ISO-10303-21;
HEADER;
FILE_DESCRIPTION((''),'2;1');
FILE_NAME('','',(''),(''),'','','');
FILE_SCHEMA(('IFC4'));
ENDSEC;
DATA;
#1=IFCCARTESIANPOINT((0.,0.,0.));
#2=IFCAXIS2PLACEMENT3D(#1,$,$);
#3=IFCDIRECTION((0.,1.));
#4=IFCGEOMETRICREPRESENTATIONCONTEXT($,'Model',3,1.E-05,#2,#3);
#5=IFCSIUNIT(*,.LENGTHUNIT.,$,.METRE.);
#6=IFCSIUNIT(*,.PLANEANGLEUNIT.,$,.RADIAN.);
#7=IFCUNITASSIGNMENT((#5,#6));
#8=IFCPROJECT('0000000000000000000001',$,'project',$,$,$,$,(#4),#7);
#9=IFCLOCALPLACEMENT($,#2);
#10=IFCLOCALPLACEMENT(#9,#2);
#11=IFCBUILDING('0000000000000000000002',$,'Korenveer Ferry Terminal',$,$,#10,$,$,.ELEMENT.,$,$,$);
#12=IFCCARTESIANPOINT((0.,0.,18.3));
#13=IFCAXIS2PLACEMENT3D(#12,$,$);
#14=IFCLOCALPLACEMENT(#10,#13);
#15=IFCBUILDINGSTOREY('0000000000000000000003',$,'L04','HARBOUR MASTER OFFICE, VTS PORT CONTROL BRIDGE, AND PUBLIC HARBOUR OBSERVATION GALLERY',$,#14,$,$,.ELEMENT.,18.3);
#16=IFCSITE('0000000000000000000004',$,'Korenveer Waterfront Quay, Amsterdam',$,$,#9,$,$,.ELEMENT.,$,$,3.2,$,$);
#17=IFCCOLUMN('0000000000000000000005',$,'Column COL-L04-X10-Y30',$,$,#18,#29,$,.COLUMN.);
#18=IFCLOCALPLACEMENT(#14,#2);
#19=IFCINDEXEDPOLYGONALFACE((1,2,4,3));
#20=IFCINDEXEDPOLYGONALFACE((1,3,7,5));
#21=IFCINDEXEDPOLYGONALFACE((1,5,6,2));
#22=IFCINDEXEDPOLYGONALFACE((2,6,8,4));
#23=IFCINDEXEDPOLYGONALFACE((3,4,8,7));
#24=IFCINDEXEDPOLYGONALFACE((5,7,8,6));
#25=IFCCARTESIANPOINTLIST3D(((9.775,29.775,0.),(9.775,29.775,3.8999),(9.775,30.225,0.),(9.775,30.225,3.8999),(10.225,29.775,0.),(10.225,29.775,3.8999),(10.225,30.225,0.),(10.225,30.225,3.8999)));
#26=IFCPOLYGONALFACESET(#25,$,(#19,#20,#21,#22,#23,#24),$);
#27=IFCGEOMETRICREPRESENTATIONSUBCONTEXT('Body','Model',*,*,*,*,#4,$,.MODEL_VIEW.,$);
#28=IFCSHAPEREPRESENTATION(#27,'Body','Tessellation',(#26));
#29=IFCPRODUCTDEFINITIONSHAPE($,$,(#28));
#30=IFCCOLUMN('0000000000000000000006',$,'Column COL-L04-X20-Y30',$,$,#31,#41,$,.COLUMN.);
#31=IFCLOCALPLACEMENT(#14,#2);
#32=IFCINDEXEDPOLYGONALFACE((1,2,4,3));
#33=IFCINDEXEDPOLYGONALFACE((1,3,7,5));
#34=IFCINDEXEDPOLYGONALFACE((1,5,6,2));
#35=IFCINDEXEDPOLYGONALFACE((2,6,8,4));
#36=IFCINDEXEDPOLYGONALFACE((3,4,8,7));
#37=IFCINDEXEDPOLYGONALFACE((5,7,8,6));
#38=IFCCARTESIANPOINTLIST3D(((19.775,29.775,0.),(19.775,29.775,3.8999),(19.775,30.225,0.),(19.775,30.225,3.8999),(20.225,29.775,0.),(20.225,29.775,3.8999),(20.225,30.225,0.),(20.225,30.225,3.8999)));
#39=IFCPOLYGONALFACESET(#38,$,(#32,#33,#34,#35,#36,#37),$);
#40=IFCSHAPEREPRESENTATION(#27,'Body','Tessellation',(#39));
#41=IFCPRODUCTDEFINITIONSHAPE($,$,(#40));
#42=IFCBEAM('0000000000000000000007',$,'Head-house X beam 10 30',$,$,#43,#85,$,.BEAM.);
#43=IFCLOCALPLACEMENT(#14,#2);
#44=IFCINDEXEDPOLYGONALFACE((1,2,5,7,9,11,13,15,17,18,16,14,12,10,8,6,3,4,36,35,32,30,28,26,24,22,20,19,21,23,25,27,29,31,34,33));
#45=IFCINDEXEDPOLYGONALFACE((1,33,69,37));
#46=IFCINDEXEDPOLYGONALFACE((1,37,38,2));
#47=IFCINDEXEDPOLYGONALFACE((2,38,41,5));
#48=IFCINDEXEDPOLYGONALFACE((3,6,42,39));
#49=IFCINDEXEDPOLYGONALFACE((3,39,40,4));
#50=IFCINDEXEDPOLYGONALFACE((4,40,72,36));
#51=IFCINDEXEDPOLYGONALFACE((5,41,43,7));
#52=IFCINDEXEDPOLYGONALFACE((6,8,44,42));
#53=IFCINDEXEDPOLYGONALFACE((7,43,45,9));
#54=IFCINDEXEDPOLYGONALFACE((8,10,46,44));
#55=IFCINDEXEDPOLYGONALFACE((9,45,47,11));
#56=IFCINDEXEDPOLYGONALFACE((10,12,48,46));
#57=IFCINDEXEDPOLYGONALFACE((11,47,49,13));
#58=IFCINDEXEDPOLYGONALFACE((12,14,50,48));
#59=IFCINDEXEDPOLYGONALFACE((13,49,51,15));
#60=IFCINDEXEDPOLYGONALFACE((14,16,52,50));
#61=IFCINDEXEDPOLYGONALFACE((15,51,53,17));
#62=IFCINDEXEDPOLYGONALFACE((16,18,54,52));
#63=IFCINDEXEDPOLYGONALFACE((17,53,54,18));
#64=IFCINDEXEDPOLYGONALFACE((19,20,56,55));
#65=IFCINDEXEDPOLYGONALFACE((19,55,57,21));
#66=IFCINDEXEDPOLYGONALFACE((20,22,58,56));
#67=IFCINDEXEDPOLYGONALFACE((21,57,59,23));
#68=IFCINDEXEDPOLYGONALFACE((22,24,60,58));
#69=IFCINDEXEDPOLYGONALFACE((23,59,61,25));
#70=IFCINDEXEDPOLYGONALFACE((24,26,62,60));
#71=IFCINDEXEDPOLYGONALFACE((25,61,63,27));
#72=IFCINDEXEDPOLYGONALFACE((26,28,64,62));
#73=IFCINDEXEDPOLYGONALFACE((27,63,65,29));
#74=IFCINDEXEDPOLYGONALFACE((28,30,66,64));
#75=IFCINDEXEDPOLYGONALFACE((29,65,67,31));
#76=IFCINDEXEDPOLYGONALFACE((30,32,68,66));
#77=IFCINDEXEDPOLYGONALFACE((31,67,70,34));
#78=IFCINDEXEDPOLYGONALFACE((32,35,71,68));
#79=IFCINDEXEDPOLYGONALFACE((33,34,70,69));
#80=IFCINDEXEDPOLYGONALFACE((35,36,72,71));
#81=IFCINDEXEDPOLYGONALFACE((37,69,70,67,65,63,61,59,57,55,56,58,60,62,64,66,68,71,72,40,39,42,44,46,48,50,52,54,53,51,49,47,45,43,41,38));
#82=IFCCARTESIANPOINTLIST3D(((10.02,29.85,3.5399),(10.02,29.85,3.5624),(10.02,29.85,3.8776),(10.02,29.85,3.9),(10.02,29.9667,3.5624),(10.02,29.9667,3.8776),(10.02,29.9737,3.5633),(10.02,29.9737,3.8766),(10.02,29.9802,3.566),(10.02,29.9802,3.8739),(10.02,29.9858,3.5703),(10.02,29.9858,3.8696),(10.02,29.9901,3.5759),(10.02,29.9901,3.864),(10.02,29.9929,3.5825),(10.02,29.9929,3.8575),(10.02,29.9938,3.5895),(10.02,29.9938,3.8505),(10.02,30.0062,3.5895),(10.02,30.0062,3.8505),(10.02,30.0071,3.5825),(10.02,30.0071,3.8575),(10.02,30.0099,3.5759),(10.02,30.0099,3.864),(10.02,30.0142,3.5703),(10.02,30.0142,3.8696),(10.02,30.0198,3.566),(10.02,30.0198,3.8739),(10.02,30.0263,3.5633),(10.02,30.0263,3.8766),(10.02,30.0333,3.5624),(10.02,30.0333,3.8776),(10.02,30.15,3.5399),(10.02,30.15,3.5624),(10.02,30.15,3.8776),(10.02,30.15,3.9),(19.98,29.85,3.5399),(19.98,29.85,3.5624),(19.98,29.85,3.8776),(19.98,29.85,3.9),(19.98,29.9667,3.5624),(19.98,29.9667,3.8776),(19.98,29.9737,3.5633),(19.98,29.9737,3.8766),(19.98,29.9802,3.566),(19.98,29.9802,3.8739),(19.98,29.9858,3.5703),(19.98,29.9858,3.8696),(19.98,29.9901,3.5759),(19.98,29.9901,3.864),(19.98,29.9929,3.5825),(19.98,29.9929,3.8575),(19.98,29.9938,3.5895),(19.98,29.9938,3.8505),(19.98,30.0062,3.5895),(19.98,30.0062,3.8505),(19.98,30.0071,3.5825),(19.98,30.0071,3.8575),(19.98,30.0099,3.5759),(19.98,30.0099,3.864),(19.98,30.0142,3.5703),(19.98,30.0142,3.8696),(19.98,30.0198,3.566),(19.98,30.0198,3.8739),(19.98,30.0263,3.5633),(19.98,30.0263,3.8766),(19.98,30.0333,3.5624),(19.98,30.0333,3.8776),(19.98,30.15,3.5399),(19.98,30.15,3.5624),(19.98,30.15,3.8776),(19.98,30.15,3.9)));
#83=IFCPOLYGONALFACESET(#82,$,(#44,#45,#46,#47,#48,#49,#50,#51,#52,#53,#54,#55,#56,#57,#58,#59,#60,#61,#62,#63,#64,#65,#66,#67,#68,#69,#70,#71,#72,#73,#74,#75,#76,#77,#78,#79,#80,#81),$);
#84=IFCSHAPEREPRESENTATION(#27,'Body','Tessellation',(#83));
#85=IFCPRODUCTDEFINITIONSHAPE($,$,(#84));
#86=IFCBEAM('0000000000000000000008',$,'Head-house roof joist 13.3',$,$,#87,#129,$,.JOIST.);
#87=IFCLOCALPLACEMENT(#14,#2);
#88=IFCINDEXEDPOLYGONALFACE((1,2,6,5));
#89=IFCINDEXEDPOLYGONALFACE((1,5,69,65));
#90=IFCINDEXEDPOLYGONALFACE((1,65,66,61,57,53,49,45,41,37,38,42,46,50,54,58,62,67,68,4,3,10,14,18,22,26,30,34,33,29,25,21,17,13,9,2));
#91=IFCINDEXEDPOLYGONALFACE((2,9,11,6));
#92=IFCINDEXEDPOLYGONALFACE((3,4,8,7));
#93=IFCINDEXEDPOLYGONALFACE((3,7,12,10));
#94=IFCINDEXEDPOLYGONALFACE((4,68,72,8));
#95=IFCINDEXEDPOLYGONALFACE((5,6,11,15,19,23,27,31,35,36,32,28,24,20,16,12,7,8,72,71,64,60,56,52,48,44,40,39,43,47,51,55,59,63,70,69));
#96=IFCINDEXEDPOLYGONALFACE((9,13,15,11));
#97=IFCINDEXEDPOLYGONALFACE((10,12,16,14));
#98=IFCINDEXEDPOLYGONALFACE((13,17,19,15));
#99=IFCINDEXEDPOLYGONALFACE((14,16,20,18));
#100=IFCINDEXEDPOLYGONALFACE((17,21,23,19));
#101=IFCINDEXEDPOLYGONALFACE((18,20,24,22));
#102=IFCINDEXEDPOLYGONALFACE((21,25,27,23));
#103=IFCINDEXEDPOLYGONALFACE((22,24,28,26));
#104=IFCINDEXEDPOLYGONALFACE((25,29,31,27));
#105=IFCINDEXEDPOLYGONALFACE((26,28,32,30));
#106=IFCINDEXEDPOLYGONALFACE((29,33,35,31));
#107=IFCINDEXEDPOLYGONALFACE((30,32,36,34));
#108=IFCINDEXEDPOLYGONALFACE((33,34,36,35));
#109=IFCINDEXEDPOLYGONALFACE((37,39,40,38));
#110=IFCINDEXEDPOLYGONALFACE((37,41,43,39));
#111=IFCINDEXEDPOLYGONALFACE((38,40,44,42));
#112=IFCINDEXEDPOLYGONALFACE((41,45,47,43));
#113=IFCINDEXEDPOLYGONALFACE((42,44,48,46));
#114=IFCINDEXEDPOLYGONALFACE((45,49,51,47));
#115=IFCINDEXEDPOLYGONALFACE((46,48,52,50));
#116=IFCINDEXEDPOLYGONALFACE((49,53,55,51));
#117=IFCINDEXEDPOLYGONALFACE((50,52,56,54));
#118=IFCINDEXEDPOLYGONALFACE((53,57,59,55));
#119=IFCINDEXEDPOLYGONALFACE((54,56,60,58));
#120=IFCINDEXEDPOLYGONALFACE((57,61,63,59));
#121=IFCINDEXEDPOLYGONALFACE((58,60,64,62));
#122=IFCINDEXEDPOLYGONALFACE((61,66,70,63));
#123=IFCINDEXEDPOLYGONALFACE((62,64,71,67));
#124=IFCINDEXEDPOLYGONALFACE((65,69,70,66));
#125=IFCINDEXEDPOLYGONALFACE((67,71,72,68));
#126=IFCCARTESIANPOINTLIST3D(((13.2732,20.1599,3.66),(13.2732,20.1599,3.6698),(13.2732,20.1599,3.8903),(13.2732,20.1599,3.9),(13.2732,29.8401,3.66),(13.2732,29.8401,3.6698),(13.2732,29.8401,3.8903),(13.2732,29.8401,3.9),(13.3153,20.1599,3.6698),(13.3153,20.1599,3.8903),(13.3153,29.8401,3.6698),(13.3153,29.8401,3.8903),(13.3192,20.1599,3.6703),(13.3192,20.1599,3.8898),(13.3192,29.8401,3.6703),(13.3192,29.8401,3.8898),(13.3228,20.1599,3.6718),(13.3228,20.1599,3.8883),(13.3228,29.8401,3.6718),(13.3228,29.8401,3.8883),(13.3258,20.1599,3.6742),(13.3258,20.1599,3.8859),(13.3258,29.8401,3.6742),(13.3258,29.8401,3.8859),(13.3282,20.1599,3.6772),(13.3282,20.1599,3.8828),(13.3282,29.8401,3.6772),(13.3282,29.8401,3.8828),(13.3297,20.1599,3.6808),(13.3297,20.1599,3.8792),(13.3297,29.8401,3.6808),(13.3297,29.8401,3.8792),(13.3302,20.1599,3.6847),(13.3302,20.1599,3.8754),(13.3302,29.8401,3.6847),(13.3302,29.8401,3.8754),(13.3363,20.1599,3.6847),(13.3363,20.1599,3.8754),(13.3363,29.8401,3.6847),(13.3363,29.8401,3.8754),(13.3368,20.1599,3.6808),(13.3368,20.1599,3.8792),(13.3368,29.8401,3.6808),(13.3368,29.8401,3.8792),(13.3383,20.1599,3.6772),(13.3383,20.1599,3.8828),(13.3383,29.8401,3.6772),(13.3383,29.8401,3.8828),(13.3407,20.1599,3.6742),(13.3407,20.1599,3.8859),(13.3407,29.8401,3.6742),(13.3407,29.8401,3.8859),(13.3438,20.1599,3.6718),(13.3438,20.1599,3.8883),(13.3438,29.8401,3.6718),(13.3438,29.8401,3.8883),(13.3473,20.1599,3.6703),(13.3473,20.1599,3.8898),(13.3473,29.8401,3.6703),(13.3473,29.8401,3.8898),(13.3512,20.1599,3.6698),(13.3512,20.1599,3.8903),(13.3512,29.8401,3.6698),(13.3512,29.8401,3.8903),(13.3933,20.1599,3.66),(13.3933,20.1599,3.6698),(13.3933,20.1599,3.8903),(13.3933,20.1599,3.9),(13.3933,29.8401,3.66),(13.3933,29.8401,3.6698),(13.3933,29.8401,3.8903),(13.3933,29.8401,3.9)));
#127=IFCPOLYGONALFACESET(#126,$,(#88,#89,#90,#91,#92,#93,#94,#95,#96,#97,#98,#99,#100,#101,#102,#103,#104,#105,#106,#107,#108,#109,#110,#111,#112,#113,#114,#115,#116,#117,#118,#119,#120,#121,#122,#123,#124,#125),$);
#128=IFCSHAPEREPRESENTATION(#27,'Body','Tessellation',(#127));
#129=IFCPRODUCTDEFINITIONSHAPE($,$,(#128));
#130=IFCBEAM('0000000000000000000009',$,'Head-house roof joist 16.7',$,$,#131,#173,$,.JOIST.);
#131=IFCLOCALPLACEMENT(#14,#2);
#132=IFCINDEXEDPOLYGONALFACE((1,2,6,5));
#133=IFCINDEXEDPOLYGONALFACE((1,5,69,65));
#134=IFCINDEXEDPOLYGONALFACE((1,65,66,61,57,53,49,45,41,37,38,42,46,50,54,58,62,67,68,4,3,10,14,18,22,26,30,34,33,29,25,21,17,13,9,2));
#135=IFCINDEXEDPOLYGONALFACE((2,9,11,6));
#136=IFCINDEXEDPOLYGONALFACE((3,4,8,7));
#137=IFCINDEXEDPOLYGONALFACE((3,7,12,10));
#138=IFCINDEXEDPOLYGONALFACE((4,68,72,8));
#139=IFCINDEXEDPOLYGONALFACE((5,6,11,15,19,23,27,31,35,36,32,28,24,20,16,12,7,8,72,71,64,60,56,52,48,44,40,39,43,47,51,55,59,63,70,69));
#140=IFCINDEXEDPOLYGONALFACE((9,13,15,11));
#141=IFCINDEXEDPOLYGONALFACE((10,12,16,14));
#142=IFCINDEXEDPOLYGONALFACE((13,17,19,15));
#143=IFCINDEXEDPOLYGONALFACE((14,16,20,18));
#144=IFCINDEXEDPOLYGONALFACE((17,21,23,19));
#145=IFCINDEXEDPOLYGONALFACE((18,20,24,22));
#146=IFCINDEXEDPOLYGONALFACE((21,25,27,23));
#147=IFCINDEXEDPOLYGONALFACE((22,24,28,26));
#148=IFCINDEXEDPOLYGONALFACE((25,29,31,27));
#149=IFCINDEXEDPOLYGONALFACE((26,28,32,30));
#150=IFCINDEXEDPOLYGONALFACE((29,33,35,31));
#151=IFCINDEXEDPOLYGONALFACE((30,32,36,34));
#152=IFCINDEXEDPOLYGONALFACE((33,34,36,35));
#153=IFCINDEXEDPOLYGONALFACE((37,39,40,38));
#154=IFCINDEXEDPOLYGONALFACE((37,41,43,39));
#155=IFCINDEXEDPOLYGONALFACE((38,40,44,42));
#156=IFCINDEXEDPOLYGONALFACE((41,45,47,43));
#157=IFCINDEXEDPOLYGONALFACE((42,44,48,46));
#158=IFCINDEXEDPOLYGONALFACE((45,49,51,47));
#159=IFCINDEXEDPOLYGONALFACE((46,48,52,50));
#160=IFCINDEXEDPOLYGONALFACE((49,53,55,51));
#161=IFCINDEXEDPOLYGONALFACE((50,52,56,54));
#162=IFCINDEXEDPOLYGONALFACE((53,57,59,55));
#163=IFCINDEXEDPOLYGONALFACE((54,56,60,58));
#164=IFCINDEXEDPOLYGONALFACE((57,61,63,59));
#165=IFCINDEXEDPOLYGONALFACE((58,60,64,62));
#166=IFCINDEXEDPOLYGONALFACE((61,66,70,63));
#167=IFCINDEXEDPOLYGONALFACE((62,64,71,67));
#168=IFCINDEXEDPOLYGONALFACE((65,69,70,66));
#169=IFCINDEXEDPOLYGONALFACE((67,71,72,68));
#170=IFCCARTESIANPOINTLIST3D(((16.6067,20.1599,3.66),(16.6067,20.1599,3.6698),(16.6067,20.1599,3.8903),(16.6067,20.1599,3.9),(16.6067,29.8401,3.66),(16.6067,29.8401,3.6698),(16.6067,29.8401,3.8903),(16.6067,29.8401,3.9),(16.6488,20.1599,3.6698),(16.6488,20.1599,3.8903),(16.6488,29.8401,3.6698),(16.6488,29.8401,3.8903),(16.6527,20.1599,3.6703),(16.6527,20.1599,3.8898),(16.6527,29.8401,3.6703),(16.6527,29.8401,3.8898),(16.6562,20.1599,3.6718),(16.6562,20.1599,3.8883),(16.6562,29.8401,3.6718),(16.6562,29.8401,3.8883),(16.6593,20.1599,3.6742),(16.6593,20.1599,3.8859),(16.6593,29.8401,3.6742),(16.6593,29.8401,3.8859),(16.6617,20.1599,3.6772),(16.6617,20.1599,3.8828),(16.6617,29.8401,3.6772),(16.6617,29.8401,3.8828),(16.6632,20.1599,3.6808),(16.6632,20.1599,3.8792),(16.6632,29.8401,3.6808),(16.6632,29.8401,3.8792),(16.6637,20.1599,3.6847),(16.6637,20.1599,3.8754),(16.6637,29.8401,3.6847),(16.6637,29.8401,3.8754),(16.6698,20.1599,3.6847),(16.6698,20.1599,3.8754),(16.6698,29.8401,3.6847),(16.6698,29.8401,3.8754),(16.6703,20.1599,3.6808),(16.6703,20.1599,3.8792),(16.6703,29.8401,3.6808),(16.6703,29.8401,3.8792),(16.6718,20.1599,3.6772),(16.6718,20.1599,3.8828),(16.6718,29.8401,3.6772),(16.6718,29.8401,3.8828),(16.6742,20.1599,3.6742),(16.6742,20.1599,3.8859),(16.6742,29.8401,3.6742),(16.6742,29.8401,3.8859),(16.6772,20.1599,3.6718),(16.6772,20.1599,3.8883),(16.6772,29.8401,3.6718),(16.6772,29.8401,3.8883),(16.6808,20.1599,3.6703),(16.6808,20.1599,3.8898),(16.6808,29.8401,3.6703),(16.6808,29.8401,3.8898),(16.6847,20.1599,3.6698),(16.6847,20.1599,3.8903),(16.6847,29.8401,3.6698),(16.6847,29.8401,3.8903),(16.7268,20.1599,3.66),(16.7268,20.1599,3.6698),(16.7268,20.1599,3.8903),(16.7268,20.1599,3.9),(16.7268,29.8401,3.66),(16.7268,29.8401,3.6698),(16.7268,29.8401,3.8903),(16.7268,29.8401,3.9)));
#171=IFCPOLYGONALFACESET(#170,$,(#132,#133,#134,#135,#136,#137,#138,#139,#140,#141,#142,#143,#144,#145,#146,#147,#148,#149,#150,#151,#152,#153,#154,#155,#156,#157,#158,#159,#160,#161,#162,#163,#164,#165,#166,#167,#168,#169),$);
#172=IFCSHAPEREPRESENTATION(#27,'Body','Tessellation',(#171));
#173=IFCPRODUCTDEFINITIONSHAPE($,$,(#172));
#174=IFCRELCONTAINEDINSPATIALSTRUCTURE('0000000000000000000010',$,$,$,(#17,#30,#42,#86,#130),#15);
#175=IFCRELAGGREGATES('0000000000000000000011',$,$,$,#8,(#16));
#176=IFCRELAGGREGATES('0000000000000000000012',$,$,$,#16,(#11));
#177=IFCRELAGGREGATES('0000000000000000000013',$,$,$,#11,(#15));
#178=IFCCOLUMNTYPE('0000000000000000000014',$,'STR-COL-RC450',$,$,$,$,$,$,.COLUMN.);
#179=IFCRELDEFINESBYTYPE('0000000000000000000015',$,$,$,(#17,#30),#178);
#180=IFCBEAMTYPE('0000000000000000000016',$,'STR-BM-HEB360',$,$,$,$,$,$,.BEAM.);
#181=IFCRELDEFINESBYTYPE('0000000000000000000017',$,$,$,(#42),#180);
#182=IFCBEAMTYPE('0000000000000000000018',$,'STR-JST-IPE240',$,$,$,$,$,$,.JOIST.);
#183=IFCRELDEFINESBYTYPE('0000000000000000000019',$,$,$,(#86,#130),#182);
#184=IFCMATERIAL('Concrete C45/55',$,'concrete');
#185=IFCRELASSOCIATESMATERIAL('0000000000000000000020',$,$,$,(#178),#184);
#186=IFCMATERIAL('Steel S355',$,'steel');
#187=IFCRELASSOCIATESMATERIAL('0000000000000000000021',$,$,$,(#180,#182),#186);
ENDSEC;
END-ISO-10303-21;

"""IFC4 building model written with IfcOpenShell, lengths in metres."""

from ifc_helpers import new_model, si_unit, direction, frame, origin, origin_2d, place, context, subcontext, project, spatial, rectangle, i_section, extrude, material, material_profile, profile_set, type_object, element, save


model = new_model("IFC4")

# Units and contexts
model_context = context("Model", 3, precision=1e-05, world=origin(), true_north=direction((0.0, 1.0)))
body_context = subcontext(model_context, "Body", "Model", "MODEL_VIEW")
ifc_project = project(units=[si_unit("LENGTHUNIT", "METRE"), si_unit("PLANEANGLEUNIT", "RADIAN")], contexts=[model_context])

# Site, building, storey
site_placement = place(None, origin())
site = spatial("IfcSite", under=ifc_project, at=site_placement, Name="Korenveer Waterfront Quay, Amsterdam", CompositionType="ELEMENT", RefElevation=3.2)
building_placement = place(site_placement, origin())
building = spatial("IfcBuilding", under=site, at=building_placement, Name="Korenveer Ferry Terminal", CompositionType="ELEMENT")
storey_placement = place(building_placement, frame((0.0, 0.0, 18.3)))
storey = spatial("IfcBuildingStorey", under=building, at=storey_placement, Name="L04", Description="HARBOUR MASTER OFFICE, VTS PORT CONTROL BRIDGE, AND PUBLIC HARBOUR OBSERVATION GALLERY", CompositionType="ELEMENT", Elevation=18.3)

# Columns
ifc_material_1 = material(Name="Concrete C45/55", Category="concrete")
ifc_material_profile_1 = material_profile(ifc_material_1, rectangle(XDim=0.45, YDim=0.45, at=origin_2d()), Name="RC 450x450")
ifc_profile_set_1 = profile_set([ifc_material_profile_1], Name="Concrete C45/55")
column_type = type_object("IfcColumnType", Name="STR-COL-RC450", PredefinedType="COLUMN", material=ifc_profile_set_1)
for number, where, z_axis, x_axis, name in (
    (1, (10.0, 30.0, 0.0), (0.0, 0.0, 1.0), (1.0, 0.0, 0.0), "Column COL-L04-X10-Y30"),
    (2, (20.0, 30.0, 0.0), (0.0, 0.0, 1.0), (1.0, 0.0, 0.0), "Column COL-L04-X20-Y30"),
):
    element("IfcColumn", number, at=place(storey_placement, frame(where, z_axis=z_axis, x_axis=x_axis)), inside=storey, type_object=column_type, Name=name, PredefinedType="COLUMN", context=body_context, shape_type="SweptSolid", body=[
        extrude(rectangle(XDim=0.45, YDim=0.45, at=origin_2d()), origin(), (0.0, 0.0, 1.0), 3.8999),
    ])

# Beams
ifc_material_2 = material(Name="Steel S355", Category="steel")
ifc_material_profile_2 = material_profile(ifc_material_2, i_section(OverallWidth=0.3, OverallDepth=0.3601, WebThickness=0.0125, FlangeThickness=0.0225, FilletRadius=0.0271, at=origin_2d()), Name="HEB 360")
ifc_profile_set_2 = profile_set([ifc_material_profile_2], Name="Steel S355")
beam_type_1 = type_object("IfcBeamType", Name="STR-BM-HEB360", PredefinedType="BEAM", material=ifc_profile_set_2)
beam_placement = place(storey_placement, frame((10.02, 30.0, 3.72), z_axis=(1.0, 0.0, 0.0), x_axis=(0.0, 1.0, 0.0)))
element("IfcBeam", 3, at=beam_placement, inside=storey, type_object=beam_type_1, Name="Head-house X beam 10 30", PredefinedType="BEAM", context=body_context, shape_type="SweptSolid", body=[
    extrude(i_section(OverallWidth=0.3, OverallDepth=0.3601, WebThickness=0.0125, FlangeThickness=0.0225, FilletRadius=0.0271, at=origin_2d()), origin(), (0.0, 0.0, 1.0), 9.96),
])
ifc_material_profile_3 = material_profile(ifc_material_2, i_section(OverallWidth=0.1201, OverallDepth=0.24, WebThickness=0.0061, FlangeThickness=0.0098, FilletRadius=0.0149, at=origin_2d()), Name="IPE 240")
ifc_profile_set_3 = profile_set([ifc_material_profile_3], Name="Steel S355")
beam_type_2 = type_object("IfcBeamType", Name="STR-JST-IPE240", PredefinedType="JOIST", material=ifc_profile_set_3)
for number, where, z_axis, x_axis, name in (
    (4, (13.3333, 20.1599, 3.78), (0.0, 1.0, 0.0), (-1.0, 0.0, 0.0), "Head-house roof joist 13.3"),
    (5, (16.6667, 20.1599, 3.78), (0.0, 1.0, 0.0), (-1.0, 0.0, 0.0), "Head-house roof joist 16.7"),
):
    element("IfcBeam", number, at=place(storey_placement, frame(where, z_axis=z_axis, x_axis=x_axis)), inside=storey, type_object=beam_type_2, Name=name, PredefinedType="JOIST", context=body_context, shape_type="SweptSolid", body=[
        extrude(i_section(OverallWidth=0.1201, OverallDepth=0.24, WebThickness=0.0061, FlangeThickness=0.0098, FilletRadius=0.0149, at=origin_2d()), origin(), (0.0, 0.0, 1.0), 9.6802),
    ])

save(model, "model.ifc")
